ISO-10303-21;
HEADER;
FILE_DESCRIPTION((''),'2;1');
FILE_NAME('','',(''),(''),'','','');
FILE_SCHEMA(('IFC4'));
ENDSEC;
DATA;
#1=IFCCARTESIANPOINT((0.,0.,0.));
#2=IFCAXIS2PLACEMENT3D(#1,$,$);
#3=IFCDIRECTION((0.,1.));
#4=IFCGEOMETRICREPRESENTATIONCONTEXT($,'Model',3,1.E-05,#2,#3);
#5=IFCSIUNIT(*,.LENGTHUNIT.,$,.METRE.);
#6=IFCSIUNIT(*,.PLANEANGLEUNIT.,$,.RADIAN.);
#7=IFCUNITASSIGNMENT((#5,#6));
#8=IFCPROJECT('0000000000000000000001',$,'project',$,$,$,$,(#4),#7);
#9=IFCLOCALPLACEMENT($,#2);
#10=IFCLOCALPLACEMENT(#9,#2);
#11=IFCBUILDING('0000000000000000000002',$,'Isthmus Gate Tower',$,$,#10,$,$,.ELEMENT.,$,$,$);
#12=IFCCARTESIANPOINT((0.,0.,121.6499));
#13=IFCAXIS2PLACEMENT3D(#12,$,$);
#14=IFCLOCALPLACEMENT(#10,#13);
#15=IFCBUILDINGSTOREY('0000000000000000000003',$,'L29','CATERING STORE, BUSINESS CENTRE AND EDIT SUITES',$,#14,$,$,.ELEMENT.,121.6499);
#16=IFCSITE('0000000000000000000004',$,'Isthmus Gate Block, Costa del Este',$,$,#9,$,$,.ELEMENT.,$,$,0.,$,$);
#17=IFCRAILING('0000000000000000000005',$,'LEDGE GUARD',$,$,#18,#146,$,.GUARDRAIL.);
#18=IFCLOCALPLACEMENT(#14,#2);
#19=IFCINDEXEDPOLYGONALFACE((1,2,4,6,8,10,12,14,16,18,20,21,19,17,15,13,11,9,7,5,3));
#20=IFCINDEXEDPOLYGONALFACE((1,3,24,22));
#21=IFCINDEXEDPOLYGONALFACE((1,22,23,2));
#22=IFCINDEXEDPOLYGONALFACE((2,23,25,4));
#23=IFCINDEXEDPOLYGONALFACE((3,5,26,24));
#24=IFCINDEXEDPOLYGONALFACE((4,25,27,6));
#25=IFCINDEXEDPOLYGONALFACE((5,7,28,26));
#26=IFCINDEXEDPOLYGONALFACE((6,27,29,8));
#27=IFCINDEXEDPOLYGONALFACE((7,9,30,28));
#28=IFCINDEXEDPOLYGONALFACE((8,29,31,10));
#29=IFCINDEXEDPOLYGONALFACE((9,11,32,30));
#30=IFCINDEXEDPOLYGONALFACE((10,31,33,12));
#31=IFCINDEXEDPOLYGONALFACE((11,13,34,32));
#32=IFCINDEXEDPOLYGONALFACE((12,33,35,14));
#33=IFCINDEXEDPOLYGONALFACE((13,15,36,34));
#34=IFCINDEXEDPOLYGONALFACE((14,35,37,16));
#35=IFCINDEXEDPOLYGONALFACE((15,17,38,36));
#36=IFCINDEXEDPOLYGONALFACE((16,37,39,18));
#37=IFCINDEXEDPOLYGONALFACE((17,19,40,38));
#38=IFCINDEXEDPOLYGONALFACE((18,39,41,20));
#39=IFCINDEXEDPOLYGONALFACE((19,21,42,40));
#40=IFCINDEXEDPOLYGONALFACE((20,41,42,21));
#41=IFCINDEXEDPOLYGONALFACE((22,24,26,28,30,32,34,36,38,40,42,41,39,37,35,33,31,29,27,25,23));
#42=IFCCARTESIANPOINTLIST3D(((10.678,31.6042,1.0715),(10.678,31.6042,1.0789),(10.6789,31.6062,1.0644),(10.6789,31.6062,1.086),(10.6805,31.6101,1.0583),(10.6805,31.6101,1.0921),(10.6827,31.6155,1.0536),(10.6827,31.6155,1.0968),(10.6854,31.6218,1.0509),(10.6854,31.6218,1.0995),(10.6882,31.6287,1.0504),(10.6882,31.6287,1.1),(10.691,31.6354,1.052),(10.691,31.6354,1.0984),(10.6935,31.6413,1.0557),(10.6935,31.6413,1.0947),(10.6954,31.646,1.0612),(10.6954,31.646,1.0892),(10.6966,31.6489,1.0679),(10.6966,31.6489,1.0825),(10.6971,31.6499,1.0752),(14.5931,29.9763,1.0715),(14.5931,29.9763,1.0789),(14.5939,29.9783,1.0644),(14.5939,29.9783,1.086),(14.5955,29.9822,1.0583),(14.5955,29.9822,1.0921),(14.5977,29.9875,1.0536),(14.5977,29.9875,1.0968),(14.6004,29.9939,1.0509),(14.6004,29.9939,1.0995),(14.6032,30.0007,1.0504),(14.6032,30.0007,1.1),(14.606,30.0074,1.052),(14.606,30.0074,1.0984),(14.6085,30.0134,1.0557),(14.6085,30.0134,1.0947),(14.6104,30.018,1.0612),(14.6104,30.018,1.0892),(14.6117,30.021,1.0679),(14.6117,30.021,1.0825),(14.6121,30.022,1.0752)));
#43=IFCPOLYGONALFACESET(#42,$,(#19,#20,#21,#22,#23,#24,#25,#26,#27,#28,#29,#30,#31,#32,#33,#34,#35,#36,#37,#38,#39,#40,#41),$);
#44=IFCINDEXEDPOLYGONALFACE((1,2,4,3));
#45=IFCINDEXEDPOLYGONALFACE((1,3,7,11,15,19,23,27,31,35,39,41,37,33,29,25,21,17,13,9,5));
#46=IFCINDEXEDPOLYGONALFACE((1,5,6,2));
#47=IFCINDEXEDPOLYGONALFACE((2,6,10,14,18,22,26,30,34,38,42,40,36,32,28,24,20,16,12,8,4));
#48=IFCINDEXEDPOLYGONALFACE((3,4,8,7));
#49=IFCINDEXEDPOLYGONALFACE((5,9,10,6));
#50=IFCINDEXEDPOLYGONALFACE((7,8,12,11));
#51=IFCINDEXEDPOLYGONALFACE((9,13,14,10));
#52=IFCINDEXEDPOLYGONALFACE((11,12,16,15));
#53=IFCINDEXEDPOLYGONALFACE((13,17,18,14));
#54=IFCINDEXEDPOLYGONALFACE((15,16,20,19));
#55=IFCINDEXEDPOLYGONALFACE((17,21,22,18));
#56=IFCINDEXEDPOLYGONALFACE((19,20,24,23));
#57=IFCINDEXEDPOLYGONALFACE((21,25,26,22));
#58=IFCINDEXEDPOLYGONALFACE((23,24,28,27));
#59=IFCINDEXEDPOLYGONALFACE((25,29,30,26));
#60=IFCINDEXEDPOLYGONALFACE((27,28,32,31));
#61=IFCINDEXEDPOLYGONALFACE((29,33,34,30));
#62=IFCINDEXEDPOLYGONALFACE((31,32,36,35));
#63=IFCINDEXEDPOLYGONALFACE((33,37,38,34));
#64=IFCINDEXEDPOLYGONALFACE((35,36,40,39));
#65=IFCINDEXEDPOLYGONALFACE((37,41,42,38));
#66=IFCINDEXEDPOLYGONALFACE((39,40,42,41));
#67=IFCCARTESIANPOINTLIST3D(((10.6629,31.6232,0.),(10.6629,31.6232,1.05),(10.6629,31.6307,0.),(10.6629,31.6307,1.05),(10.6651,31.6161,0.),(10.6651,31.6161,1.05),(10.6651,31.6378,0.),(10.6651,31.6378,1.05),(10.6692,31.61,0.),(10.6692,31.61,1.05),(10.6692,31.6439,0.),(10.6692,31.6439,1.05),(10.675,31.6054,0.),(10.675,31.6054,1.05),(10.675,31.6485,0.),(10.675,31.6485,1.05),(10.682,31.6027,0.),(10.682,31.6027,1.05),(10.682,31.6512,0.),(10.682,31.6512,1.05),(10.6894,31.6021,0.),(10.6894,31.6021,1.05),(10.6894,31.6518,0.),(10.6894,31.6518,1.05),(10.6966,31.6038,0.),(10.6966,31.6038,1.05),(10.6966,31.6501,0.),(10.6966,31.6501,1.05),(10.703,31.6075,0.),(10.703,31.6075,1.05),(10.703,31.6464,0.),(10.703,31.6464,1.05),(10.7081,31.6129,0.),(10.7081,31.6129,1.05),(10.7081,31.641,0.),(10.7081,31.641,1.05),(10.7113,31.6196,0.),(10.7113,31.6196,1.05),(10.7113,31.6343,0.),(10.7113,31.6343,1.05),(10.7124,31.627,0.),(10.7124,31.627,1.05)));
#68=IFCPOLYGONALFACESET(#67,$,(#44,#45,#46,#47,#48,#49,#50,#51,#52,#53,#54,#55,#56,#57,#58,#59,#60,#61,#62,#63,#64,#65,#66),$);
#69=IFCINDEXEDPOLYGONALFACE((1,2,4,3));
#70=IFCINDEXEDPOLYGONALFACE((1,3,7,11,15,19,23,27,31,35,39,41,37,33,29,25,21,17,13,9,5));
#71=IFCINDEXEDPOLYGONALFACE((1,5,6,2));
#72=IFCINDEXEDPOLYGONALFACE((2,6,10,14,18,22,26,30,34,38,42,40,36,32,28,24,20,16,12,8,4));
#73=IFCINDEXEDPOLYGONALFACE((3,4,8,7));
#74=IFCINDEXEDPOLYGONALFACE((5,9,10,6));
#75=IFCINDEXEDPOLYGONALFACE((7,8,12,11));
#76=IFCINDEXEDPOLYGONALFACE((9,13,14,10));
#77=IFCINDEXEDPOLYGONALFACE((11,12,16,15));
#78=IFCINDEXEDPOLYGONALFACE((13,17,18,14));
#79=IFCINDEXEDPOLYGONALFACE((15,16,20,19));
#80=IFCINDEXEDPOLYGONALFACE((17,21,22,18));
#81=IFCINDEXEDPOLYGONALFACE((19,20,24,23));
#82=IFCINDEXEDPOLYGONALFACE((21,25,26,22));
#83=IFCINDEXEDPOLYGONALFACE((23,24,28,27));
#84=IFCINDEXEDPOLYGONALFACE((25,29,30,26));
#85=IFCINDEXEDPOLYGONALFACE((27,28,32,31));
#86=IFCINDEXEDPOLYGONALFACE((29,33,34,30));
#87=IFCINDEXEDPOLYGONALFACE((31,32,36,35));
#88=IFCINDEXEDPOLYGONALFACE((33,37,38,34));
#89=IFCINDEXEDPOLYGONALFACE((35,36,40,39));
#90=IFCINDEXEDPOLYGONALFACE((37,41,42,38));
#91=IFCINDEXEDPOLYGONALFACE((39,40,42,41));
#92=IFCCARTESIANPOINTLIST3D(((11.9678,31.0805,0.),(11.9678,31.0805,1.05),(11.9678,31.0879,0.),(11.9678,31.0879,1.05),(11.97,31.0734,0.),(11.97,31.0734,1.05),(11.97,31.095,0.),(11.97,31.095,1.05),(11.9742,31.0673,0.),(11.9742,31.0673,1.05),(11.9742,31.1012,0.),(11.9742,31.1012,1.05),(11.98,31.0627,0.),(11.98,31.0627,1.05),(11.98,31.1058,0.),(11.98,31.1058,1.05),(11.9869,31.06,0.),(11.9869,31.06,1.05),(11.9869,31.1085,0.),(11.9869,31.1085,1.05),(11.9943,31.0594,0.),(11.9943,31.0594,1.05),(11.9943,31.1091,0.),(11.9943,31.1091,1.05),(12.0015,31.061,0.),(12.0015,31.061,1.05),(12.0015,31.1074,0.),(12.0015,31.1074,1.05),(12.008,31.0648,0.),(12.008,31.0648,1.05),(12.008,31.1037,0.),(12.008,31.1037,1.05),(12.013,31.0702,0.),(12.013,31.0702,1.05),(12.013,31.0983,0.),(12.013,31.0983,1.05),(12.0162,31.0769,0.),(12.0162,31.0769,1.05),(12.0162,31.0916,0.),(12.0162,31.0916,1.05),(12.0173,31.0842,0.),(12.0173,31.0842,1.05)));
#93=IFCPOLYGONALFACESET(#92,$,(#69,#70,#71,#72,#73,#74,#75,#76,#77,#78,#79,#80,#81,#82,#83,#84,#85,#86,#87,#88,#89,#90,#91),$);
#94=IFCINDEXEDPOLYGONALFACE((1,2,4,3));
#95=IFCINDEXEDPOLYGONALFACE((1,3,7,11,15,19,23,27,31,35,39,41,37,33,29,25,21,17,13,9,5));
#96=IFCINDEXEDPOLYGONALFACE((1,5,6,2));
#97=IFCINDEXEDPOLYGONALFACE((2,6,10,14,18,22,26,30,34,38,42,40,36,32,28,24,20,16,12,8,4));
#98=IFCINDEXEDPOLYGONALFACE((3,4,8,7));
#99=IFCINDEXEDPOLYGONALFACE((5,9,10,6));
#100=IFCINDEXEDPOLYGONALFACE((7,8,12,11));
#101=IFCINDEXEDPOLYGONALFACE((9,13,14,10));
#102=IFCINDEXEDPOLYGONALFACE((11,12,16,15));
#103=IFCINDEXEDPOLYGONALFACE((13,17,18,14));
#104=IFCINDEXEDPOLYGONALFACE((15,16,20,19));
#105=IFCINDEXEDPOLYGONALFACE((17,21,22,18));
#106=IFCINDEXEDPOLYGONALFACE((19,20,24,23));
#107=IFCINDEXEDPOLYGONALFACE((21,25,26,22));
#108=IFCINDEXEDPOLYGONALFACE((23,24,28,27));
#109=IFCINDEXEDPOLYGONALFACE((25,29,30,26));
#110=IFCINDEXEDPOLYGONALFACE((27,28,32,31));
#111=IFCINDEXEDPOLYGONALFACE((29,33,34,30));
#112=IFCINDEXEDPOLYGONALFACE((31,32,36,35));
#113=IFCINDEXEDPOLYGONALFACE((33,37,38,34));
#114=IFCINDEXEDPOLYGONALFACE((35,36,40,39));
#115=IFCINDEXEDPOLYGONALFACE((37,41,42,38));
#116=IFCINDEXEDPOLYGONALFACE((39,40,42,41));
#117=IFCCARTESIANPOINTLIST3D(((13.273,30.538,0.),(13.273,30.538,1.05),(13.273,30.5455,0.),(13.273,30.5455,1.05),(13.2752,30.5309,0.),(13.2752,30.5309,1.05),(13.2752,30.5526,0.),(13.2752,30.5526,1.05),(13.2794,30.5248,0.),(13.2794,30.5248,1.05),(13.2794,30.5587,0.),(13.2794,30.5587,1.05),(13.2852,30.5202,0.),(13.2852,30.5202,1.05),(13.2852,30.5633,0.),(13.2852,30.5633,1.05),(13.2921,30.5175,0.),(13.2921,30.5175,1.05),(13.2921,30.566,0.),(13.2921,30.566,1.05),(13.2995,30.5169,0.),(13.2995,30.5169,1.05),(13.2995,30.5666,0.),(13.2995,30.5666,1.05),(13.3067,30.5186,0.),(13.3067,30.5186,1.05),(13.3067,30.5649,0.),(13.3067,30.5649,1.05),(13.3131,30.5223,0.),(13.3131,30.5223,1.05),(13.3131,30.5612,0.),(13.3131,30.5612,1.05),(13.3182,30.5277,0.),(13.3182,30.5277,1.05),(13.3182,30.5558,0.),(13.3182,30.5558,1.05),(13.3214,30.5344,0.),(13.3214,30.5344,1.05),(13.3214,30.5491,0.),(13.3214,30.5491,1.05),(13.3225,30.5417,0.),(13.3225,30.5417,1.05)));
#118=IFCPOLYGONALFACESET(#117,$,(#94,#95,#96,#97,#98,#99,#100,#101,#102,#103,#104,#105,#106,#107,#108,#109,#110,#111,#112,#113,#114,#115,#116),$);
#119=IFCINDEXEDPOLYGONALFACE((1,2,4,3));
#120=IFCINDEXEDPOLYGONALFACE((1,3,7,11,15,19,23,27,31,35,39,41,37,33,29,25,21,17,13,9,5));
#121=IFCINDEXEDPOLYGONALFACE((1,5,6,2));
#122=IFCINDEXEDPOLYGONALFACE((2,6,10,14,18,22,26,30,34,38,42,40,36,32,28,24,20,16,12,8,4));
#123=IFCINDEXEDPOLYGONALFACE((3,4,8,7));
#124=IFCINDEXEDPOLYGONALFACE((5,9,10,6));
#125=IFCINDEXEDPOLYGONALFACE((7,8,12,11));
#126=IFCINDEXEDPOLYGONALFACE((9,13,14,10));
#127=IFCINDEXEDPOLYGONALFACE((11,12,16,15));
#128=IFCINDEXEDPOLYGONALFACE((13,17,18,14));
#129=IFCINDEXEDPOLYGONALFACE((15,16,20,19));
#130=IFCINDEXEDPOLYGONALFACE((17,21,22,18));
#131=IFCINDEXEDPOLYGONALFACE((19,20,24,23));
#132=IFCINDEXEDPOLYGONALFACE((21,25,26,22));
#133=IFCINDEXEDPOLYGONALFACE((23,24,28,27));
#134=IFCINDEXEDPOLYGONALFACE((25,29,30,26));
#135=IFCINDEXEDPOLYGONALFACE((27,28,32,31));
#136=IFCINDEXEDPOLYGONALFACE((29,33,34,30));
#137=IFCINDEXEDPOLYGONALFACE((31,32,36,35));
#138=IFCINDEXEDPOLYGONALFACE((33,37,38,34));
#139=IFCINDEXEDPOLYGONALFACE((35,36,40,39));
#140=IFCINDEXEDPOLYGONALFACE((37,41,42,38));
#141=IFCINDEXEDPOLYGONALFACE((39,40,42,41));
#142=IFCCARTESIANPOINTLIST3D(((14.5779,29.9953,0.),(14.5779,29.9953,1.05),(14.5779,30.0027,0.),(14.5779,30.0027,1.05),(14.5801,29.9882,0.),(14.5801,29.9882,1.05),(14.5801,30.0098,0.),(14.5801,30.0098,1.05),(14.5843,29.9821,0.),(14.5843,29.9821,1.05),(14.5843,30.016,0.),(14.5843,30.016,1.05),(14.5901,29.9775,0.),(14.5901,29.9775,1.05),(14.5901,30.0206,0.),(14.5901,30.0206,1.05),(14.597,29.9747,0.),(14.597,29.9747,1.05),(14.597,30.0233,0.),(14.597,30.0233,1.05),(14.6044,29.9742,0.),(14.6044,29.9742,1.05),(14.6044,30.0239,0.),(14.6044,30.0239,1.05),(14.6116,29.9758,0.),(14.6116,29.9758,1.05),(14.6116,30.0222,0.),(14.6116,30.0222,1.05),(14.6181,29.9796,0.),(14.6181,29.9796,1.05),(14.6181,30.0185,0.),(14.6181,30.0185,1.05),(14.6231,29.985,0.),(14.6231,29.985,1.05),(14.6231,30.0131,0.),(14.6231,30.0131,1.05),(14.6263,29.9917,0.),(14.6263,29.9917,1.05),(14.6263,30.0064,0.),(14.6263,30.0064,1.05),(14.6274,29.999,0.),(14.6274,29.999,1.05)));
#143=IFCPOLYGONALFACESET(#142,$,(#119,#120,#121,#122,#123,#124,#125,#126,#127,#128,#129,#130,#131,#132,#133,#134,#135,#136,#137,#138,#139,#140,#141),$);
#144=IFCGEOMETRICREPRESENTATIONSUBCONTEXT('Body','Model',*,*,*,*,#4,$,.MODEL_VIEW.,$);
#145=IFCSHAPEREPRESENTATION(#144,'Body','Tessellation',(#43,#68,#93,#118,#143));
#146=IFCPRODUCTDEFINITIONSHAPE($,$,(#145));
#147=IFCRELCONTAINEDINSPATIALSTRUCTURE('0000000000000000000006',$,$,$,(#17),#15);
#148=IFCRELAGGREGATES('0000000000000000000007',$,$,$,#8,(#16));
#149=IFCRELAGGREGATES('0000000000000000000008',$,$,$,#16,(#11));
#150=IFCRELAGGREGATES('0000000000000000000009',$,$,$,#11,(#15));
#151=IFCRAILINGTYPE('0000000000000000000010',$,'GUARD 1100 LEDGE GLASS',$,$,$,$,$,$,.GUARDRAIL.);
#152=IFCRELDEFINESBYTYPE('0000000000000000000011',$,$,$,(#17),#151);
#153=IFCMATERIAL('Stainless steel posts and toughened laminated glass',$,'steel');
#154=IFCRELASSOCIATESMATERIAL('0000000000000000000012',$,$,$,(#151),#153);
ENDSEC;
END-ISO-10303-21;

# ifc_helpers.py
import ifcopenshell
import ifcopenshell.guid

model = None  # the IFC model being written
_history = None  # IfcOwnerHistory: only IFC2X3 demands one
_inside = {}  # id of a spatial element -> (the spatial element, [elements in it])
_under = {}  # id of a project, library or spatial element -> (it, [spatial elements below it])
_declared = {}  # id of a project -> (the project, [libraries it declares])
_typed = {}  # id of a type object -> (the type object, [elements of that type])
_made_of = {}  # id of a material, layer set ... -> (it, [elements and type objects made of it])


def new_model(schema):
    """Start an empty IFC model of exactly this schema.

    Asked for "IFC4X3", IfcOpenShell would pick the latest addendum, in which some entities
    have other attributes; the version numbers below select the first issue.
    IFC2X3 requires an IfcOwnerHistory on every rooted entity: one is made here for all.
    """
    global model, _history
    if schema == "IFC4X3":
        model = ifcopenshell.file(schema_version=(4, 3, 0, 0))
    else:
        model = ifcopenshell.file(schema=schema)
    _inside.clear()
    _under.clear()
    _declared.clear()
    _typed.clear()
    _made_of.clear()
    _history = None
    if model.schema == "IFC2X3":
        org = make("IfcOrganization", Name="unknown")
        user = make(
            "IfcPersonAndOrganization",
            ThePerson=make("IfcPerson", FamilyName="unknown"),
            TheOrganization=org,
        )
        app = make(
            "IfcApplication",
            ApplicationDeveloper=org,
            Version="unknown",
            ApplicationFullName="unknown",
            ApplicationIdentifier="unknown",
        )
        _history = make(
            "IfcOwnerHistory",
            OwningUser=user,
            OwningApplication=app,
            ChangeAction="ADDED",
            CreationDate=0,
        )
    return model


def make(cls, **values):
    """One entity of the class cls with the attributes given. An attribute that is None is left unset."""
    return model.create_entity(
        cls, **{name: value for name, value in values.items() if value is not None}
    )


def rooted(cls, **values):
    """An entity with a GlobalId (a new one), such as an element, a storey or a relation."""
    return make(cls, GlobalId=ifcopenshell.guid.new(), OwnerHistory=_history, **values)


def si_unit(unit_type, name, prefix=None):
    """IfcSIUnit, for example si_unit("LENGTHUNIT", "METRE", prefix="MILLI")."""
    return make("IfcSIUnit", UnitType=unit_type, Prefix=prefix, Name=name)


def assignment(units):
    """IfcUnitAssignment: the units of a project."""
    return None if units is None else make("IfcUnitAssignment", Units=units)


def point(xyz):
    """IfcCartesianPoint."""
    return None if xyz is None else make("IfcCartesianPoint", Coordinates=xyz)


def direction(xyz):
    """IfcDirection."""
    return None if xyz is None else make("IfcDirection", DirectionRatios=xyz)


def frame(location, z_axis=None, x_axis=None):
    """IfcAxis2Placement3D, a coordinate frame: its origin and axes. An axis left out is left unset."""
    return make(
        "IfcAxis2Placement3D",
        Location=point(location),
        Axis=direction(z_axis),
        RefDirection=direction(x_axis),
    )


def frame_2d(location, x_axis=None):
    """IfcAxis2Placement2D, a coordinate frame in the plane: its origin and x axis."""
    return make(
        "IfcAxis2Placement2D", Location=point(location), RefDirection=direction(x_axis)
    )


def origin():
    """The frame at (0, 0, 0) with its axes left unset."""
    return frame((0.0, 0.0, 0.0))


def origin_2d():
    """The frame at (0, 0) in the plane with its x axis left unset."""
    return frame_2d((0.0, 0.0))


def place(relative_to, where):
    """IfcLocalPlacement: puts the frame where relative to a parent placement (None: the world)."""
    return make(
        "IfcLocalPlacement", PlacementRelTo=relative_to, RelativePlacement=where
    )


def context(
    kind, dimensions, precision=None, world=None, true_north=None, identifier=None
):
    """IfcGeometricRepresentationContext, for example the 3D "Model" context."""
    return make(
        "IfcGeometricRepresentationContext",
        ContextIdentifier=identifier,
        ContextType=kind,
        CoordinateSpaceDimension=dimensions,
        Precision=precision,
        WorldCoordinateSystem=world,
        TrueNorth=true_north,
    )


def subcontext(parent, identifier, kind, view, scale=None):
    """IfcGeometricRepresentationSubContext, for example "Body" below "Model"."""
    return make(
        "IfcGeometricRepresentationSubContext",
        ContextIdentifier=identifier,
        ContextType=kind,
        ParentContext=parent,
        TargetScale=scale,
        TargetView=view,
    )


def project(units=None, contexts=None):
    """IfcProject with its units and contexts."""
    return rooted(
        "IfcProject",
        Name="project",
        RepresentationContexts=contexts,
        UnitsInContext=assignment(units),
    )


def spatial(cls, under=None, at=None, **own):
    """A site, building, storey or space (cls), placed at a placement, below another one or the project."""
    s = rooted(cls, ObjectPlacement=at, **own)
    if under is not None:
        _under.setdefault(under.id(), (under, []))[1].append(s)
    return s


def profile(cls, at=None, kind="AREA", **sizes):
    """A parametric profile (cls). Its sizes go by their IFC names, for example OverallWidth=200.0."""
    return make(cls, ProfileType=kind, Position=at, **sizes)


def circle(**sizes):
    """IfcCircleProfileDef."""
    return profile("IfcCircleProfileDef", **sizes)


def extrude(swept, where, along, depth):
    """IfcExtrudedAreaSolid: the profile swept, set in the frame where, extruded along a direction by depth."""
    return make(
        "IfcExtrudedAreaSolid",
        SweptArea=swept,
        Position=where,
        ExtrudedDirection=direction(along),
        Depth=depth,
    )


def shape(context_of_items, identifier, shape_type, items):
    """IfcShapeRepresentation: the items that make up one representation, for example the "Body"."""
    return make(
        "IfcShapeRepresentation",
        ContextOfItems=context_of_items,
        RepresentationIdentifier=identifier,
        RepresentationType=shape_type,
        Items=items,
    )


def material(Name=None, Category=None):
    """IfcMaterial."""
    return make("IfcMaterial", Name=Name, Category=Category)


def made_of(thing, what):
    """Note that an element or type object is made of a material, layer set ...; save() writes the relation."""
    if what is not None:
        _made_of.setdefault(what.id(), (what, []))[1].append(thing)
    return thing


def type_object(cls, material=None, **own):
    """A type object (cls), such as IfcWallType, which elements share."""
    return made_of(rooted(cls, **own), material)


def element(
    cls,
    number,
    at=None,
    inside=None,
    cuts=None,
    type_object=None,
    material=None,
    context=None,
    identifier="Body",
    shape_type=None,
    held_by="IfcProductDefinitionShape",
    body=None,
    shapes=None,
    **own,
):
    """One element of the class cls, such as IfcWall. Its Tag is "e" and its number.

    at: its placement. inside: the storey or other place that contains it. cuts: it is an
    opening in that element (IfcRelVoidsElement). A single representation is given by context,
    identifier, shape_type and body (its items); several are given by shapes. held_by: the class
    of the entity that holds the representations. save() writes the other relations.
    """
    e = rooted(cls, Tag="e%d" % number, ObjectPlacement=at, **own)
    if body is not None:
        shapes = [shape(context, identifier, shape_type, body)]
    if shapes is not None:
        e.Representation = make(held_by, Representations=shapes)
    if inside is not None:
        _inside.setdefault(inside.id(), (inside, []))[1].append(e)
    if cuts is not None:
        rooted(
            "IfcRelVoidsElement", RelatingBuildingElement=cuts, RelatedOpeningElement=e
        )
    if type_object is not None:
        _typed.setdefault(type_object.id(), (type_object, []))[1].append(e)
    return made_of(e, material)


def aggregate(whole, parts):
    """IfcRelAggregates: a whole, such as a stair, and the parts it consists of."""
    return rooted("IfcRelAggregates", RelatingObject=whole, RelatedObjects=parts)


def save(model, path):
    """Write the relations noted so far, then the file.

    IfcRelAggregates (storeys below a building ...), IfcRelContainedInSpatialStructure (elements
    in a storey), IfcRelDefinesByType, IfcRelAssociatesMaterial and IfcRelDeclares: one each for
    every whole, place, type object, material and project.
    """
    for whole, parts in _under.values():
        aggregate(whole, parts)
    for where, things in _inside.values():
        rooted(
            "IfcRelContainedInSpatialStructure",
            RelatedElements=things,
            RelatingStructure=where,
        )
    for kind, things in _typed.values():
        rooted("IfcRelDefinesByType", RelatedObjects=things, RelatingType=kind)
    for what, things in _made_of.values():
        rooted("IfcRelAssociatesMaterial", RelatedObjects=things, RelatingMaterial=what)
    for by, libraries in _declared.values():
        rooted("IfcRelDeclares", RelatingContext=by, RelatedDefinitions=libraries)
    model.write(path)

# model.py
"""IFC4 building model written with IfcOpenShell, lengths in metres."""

from ifc_helpers import new_model, si_unit, direction, frame, origin, origin_2d, place, context, subcontext, project, spatial, circle, extrude, material, type_object, element, save


model = new_model("IFC4")

# Units and contexts
model_context = context("Model", 3, precision=1e-05, world=origin(), true_north=direction((0.0, 1.0)))
body_context = subcontext(model_context, "Body", "Model", "MODEL_VIEW")
ifc_project = project(units=[si_unit("LENGTHUNIT", "METRE"), si_unit("PLANEANGLEUNIT", "RADIAN")], contexts=[model_context])

# Site, building, storey
site_placement = place(None, origin())
site = spatial("IfcSite", under=ifc_project, at=site_placement, Name="Isthmus Gate Block, Costa del Este", CompositionType="ELEMENT", RefElevation=0.0)
building_placement = place(site_placement, origin())
building = spatial("IfcBuilding", under=site, at=building_placement, Name="Isthmus Gate Tower", CompositionType="ELEMENT")
storey_placement = place(building_placement, frame((0.0, 0.0, 121.6499)))
storey = spatial("IfcBuildingStorey", under=building, at=storey_placement, Name="L29", Description="CATERING STORE, BUSINESS CENTRE AND EDIT SUITES", CompositionType="ELEMENT", Elevation=121.6499)

# Railing
ifc_material_1 = material(Name="Stainless steel posts and toughened laminated glass", Category="steel")
railing_type_1 = type_object("IfcRailingType", Name="GUARD 1100 LEDGE GLASS", PredefinedType="GUARDRAIL", material=ifc_material_1)
railing_1_placement = place(storey_placement, frame((10.6875, 31.627, 0.0)))
element("IfcRailing", 1, at=railing_1_placement, inside=storey, type_object=railing_type_1, Name="LEDGE GUARD", PredefinedType="GUARDRAIL", context=body_context, shape_type="SweptSolid", body=[
    extrude(circle(Radius=0.0249, at=origin_2d()), frame((0.0, 0.0, 1.0752), z_axis=(0.923356, -0.383945, 0.0), x_axis=(0.383945, 0.923356, 0.0)), (0.0, 0.0, 1.0), 4.24),
    extrude(circle(Radius=0.0249, at=origin_2d()), origin(), (0.0, 0.0, 1.0), 1.05),
    extrude(circle(Radius=0.0249, at=origin_2d()), frame((1.3049, -0.5427, 0.0)), (0.0, 0.0, 1.0), 1.05),
    extrude(circle(Radius=0.0249, at=origin_2d()), frame((2.6101, -1.0852, 0.0)), (0.0, 0.0, 1.0), 1.05),
    extrude(circle(Radius=0.0249, at=origin_2d()), frame((3.915, -1.6279, 0.0)), (0.0, 0.0, 1.0), 1.05),
])

save(model, "model.ifc")
